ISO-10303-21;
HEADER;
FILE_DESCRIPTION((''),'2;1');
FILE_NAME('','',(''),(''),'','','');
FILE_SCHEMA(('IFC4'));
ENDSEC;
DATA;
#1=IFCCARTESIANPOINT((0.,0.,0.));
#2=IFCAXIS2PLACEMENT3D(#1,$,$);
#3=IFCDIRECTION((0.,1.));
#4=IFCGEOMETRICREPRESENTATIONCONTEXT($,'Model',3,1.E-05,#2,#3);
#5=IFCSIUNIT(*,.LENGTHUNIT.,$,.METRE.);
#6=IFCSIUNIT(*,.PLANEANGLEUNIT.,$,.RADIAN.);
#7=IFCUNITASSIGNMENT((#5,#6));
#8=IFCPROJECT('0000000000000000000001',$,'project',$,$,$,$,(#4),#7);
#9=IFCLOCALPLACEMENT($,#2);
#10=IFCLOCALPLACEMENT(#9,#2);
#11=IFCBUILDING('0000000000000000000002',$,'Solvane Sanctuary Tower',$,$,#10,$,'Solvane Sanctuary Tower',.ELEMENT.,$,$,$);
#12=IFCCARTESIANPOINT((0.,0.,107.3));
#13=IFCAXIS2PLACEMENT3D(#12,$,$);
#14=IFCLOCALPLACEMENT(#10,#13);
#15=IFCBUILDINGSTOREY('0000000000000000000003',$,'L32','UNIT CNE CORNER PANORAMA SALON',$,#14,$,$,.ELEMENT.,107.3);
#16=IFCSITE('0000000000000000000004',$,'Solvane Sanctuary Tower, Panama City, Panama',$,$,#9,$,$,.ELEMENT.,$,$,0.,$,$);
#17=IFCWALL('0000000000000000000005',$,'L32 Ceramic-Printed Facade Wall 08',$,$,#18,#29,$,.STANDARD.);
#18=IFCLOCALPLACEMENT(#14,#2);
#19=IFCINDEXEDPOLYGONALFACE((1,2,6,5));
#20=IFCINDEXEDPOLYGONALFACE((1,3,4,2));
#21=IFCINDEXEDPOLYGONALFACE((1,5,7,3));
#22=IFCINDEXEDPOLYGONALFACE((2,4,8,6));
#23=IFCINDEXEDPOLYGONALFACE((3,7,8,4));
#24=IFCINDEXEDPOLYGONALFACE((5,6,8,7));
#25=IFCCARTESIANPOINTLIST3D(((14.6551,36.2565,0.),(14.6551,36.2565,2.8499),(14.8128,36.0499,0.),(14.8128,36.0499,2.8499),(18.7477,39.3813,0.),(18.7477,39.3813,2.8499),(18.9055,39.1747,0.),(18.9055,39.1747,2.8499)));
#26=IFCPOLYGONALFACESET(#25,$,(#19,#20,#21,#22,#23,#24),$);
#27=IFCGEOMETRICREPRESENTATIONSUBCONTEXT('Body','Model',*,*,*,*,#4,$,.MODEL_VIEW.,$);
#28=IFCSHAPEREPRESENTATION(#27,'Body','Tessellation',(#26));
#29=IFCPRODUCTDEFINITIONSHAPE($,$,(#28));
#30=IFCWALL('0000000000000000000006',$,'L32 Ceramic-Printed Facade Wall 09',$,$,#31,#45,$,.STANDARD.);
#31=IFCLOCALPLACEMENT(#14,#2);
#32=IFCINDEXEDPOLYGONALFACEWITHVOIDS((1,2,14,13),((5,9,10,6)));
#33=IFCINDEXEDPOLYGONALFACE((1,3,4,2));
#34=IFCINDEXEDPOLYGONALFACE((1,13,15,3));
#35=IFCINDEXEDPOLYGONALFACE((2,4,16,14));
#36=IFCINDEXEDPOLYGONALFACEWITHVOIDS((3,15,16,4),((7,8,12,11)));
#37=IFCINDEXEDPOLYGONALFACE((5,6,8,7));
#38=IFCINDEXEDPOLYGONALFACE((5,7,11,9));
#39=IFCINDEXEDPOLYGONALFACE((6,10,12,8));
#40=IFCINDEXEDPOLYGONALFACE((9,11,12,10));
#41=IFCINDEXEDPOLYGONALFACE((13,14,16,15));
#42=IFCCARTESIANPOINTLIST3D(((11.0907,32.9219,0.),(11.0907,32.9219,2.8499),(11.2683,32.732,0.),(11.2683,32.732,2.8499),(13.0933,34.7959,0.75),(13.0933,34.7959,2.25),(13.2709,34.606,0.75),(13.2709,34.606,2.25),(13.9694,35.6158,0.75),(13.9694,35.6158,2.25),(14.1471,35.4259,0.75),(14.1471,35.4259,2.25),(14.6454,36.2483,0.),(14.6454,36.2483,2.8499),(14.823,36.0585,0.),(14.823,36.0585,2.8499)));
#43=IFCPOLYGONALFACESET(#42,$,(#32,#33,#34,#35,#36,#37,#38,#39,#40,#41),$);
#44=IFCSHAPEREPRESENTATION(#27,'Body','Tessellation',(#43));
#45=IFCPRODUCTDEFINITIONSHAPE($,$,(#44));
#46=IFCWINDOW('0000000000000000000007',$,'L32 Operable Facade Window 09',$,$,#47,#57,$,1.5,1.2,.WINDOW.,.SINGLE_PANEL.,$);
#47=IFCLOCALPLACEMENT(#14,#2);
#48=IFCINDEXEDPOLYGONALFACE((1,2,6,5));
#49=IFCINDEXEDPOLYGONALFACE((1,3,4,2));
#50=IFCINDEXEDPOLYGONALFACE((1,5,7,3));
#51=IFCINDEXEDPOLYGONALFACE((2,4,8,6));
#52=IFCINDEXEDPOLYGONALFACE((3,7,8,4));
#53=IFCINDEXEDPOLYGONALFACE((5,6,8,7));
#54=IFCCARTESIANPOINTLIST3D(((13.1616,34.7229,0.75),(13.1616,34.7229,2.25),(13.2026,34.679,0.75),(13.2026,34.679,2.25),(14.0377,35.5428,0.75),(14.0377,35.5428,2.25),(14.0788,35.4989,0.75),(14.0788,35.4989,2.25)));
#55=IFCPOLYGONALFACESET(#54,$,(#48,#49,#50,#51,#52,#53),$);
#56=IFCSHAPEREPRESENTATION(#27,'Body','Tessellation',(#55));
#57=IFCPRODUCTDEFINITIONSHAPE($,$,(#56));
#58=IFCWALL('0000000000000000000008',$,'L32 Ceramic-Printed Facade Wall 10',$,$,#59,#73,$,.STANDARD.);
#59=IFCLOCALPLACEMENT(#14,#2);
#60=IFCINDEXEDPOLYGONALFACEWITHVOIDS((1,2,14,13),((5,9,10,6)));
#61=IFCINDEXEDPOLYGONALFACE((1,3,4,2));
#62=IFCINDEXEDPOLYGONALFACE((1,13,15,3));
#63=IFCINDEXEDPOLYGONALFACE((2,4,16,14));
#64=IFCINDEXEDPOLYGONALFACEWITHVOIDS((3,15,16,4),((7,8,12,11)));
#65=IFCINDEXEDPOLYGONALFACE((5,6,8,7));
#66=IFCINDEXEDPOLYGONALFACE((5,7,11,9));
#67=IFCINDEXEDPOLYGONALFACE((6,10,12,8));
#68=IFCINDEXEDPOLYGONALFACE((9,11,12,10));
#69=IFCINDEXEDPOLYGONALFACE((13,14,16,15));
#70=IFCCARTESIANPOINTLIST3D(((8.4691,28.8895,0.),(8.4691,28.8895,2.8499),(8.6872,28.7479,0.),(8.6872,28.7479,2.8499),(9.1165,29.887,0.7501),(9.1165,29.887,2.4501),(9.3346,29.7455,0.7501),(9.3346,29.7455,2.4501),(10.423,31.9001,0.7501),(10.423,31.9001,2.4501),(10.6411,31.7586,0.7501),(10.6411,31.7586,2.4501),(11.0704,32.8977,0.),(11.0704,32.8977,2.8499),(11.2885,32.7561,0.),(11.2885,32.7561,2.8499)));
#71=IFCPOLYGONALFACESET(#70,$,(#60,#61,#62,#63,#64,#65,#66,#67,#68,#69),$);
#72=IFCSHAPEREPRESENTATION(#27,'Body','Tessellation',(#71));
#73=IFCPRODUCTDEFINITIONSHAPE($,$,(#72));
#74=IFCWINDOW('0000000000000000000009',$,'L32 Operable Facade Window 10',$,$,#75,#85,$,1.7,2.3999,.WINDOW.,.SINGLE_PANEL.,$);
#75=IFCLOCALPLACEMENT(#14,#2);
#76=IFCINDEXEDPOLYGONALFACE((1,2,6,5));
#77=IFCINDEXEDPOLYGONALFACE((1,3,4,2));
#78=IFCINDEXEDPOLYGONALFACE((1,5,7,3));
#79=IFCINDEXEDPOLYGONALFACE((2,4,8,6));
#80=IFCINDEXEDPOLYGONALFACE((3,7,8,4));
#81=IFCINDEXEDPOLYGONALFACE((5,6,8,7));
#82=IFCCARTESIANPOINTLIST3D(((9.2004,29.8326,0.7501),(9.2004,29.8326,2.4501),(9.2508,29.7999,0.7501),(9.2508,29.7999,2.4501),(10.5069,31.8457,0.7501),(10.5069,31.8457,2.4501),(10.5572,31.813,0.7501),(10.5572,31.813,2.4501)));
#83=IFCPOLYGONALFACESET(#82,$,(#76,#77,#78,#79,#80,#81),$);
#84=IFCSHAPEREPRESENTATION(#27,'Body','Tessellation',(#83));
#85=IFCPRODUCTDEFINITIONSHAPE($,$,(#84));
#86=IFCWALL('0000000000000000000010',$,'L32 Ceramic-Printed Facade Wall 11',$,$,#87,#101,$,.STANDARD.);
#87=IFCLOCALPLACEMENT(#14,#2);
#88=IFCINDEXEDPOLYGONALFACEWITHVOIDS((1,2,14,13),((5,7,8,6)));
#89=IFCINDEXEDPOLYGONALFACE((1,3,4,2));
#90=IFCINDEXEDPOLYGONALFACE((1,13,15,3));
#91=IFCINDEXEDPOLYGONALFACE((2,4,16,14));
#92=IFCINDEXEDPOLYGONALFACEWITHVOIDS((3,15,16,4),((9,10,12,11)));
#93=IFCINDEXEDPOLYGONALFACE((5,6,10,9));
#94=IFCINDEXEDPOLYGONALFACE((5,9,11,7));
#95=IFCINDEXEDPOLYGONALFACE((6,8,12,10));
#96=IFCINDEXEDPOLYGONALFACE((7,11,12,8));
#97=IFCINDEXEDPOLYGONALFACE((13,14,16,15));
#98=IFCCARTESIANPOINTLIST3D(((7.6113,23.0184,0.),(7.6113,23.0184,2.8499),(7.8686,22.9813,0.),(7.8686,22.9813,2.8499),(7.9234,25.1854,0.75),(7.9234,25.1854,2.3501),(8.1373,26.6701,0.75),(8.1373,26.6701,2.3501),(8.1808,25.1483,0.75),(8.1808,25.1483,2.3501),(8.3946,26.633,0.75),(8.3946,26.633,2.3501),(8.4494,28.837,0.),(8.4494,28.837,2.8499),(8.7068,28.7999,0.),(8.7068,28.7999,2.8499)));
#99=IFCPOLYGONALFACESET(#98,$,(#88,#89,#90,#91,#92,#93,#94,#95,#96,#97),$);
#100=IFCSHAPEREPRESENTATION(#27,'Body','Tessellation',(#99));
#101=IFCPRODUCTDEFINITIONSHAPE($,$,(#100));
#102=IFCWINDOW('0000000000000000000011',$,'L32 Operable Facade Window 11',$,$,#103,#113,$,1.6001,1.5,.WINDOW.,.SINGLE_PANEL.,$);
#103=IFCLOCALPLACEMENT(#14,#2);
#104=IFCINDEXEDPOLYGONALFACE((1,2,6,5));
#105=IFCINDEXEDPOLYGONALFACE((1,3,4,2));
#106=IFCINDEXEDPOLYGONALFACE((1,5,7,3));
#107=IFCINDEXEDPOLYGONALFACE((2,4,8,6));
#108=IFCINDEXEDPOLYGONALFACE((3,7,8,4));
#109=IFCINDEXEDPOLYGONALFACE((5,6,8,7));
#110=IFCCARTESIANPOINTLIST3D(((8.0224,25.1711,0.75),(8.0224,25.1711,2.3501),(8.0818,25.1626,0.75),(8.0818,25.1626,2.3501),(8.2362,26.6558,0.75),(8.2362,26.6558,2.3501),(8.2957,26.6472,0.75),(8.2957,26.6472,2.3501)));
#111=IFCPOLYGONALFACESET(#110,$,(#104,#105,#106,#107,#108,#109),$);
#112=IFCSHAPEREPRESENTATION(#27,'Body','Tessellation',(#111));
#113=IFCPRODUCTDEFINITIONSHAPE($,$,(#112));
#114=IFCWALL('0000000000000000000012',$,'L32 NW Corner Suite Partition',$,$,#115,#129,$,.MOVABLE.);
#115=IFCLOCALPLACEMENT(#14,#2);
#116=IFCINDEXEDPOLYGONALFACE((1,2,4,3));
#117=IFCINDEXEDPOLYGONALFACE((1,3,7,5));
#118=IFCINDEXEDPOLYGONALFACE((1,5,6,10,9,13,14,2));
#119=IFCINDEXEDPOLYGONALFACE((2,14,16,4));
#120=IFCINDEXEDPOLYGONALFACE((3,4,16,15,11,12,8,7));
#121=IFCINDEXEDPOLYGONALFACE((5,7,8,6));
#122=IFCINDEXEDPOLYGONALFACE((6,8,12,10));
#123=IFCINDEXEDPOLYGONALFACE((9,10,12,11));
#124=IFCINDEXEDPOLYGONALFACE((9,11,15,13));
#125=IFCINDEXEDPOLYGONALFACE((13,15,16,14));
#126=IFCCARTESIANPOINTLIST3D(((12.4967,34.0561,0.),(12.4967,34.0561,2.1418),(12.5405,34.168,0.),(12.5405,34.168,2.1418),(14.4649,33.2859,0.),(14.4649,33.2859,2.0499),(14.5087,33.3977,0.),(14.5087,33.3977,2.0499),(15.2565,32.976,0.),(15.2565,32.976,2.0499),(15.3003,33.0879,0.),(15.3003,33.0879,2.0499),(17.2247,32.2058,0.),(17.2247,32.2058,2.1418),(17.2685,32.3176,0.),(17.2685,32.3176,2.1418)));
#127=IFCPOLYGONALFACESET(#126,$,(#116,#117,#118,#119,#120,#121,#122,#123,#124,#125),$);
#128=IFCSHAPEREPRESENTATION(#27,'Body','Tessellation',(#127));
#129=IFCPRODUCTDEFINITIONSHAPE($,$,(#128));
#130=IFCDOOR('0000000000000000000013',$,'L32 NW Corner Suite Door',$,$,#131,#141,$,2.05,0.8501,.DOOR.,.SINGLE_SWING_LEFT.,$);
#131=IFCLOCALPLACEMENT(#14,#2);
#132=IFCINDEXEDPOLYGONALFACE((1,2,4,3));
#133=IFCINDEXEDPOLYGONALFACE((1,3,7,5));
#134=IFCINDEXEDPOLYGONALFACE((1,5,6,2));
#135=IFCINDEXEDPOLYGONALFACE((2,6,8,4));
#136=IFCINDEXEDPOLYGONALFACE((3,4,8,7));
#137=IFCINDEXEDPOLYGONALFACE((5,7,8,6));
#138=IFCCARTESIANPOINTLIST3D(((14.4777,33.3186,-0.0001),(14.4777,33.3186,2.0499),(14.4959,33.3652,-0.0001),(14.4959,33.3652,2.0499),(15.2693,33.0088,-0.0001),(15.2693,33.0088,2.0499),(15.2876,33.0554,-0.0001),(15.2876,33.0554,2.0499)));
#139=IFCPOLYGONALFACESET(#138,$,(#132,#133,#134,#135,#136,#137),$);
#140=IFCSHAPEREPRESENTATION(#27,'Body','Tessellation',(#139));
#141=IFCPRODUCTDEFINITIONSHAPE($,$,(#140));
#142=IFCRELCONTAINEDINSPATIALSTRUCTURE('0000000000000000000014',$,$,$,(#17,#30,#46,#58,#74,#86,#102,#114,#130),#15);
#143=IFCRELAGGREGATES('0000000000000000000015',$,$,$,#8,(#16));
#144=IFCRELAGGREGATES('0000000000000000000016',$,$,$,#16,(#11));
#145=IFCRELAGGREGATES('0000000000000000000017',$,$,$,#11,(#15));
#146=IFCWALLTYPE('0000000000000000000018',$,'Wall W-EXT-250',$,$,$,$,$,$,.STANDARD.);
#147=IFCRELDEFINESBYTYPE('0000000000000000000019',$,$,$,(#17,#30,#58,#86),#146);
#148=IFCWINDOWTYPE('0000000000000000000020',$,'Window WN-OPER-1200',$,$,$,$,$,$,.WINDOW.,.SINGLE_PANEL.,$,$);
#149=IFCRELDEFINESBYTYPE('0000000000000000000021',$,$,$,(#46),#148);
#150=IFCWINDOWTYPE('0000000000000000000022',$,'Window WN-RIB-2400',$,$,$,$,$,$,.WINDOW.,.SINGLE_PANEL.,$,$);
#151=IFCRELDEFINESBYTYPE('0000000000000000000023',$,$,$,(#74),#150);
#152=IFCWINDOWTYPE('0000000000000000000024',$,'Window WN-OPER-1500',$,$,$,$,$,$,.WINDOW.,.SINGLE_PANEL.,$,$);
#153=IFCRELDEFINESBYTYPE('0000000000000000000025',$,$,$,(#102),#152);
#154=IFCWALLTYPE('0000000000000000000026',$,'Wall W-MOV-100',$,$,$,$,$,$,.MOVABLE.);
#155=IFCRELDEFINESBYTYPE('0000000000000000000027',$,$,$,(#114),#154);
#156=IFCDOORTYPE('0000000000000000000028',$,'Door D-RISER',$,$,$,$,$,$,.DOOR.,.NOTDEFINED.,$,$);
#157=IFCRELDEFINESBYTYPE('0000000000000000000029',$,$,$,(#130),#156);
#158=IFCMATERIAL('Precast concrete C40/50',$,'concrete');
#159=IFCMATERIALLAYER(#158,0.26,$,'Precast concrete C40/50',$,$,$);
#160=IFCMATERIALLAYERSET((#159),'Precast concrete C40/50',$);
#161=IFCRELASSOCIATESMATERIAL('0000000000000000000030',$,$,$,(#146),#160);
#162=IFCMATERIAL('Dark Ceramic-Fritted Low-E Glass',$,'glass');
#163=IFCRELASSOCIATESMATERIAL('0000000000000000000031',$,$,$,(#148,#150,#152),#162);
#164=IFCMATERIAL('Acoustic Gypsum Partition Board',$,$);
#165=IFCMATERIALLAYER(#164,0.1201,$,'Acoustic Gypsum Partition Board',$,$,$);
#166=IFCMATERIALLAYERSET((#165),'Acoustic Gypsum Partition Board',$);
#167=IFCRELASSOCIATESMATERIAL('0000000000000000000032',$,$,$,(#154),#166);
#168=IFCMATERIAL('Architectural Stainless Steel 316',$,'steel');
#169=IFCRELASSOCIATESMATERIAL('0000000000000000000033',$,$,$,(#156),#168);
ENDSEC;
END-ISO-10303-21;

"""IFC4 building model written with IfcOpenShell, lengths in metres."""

from ifc_helpers import new_model, si_unit, direction, frame, frame_2d, origin, place, context, subcontext, project, spatial, rectangle, extrude, material, layer, layer_set, type_object, element, fill, save


model = new_model("IFC4")

# Units and contexts
model_context = context("Model", 3, precision=1e-05, world=origin(), true_north=direction((0.0, 1.0)))
body_context = subcontext(model_context, "Body", "Model", "MODEL_VIEW")
ifc_project = project(units=[si_unit("LENGTHUNIT", "METRE"), si_unit("PLANEANGLEUNIT", "RADIAN")], contexts=[model_context])

# Site, building, storey
site_placement = place(None, origin())
site = spatial("IfcSite", under=ifc_project, at=site_placement, Name="Solvane Sanctuary Tower, Panama City, Panama", CompositionType="ELEMENT", RefElevation=0.0)
building_placement = place(site_placement, origin())
building = spatial("IfcBuilding", under=site, at=building_placement, Name="Solvane Sanctuary Tower", LongName="Solvane Sanctuary Tower", CompositionType="ELEMENT")
storey_placement = place(building_placement, frame((0.0, 0.0, 107.3)))
storey = spatial("IfcBuildingStorey", under=building, at=storey_placement, Name="L32", Description="UNIT CNE CORNER PANORAMA SALON", CompositionType="ELEMENT", Elevation=107.3)

# Shared definitions
ifc_material_1 = material(Name="Acoustic Gypsum Partition Board")

# Wall
ifc_material_2 = material(Name="Precast concrete C40/50", Category="concrete")
ifc_layer_1 = layer(ifc_material_2, 0.26, Name="Precast concrete C40/50")
ifc_layer_set_1 = layer_set([ifc_layer_1], Name="Precast concrete C40/50")
wall_type_1 = type_object("IfcWallType", Name="Wall W-EXT-250", PredefinedType="STANDARD", material=ifc_layer_set_1)
wall_1_placement = place(storey_placement, frame((18.8267, 39.2781, 0.0), z_axis=(0.0, 0.0, 1.0), x_axis=(-0.79481, -0.606859, 0.0)))
element("IfcWall", 1, at=wall_1_placement, inside=storey, type_object=wall_type_1, Name="L32 Ceramic-Printed Facade Wall 08", PredefinedType="STANDARD", context=body_context, shape_type="SweptSolid", body=[
    extrude(rectangle(XDim=5.1492, YDim=0.26, at=frame_2d((2.5747, 0.0))), origin(), (0.0, 0.0, 1.0), 2.8499),
])

# Walls, openings, windows
wall_2_placement = place(storey_placement, frame((14.7341, 36.1533, 0.0), z_axis=(0.0, 0.0, 1.0), x_axis=(-0.730162, -0.683274, 0.0)))
wall_2 = element("IfcWall", 2, at=wall_2_placement, inside=storey, type_object=wall_type_1, Name="L32 Ceramic-Printed Facade Wall 09", PredefinedType="STANDARD", context=body_context, shape_type="SweptSolid", body=[
    extrude(rectangle(XDim=4.8684, YDim=0.26, at=frame_2d((2.4341, 0.0))), origin(), (0.0, 0.0, 1.0), 2.8499),
])
opening_1_placement = place(wall_2_placement, frame((0.9255, 0.0, 0.75)))
opening_1 = element("IfcOpeningElement", 3, at=opening_1_placement, cuts=wall_2, PredefinedType="OPENING", context=body_context, shape_type="SweptSolid", body=[
    extrude(rectangle(XDim=1.2, YDim=1.5, at=frame_2d((0.6001, 0.75))), frame((0.0, 0.1399, 0.0), z_axis=(0.0, -1.0, 0.0), x_axis=(1.0, 0.0, 0.0)), (0.0, 0.0, 1.0), 0.28),
])
ifc_material_3 = material(Name="Dark Ceramic-Fritted Low-E Glass", Category="glass")
window_type_1 = type_object("IfcWindowType", Name="Window WN-OPER-1200", PartitioningType="SINGLE_PANEL", PredefinedType="WINDOW", material=ifc_material_3)
window_1_placement = place(opening_1_placement, origin())
window_1 = element("IfcWindow", 4, at=window_1_placement, inside=storey, type_object=window_type_1, Name="L32 Operable Facade Window 09", OverallHeight=1.5, OverallWidth=1.2, PartitioningType="SINGLE_PANEL", PredefinedType="WINDOW", context=body_context, shape_type="SweptSolid", body=[
    extrude(rectangle(XDim=1.2, YDim=1.5, at=frame_2d((0.6001, 0.75))), frame((0.0, 0.03, 0.0), z_axis=(0.0, -1.0, 0.0), x_axis=(1.0, 0.0, 0.0)), (0.0, 0.0, 1.0), 0.0601),
])
fill(opening_1, window_1)
wall_3_placement = place(storey_placement, frame((11.1794, 32.8269, 0.0), z_axis=(0.0, 0.0, 1.0), x_axis=(-0.544388, -0.838833, 0.0)))
wall_3 = element("IfcWall", 5, at=wall_3_placement, inside=storey, type_object=wall_type_1, Name="L32 Ceramic-Printed Facade Wall 10", PredefinedType="STANDARD", context=body_context, shape_type="SweptSolid", body=[
    extrude(rectangle(XDim=4.7783, YDim=0.26, at=frame_2d((2.3892, 0.0))), origin(), (0.0, 0.0, 1.0), 2.8499),
])
opening_2_placement = place(wall_3_placement, frame((1.1892, 0.0, 0.75)))
opening_2 = element("IfcOpeningElement", 6, at=opening_2_placement, cuts=wall_3, PredefinedType="OPENING", context=body_context, shape_type="SweptSolid", body=[
    extrude(rectangle(XDim=2.3999, YDim=1.7, at=frame_2d((1.2, 0.8501))), frame((0.0, 0.1399, 0.0), z_axis=(0.0, -1.0, 0.0), x_axis=(1.0, 0.0, 0.0)), (0.0, 0.0, 1.0), 0.28),
])
window_type_2 = type_object("IfcWindowType", Name="Window WN-RIB-2400", PartitioningType="SINGLE_PANEL", PredefinedType="WINDOW", material=ifc_material_3)
window_2_placement = place(opening_2_placement, origin())
window_2 = element("IfcWindow", 7, at=window_2_placement, inside=storey, type_object=window_type_2, Name="L32 Operable Facade Window 10", OverallHeight=1.7, OverallWidth=2.3999, PartitioningType="SINGLE_PANEL", PredefinedType="WINDOW", context=body_context, shape_type="SweptSolid", body=[
    extrude(rectangle(XDim=2.3999, YDim=1.7, at=frame_2d((1.2, 0.8501))), frame((0.0, 0.03, 0.0), z_axis=(0.0, -1.0, 0.0), x_axis=(1.0, 0.0, 0.0)), (0.0, 0.0, 1.0), 0.0601),
])
fill(opening_2, window_2)
wall_4_placement = place(storey_placement, frame((8.5781, 28.8186, 0.0), z_axis=(0.0, 0.0, 1.0), x_axis=(-0.142572, -0.989784, 0.0)))
wall_4 = element("IfcWall", 8, at=wall_4_placement, inside=storey, type_object=wall_type_1, Name="L32 Ceramic-Printed Facade Wall 11", PredefinedType="STANDARD", context=body_context, shape_type="SweptSolid", body=[
    extrude(rectangle(XDim=5.8787, YDim=0.26, at=frame_2d((2.9395, 0.0))), origin(), (0.0, 0.0, 1.0), 2.8499),
])
opening_3_placement = place(wall_4_placement, frame((2.1895, 0.0, 0.75)))
opening_3 = element("IfcOpeningElement", 9, at=opening_3_placement, cuts=wall_4, PredefinedType="OPENING", context=body_context, shape_type="SweptSolid", body=[
    extrude(rectangle(XDim=1.5, YDim=1.6001, at=frame_2d((0.75, 0.8))), frame((0.0, 0.1399, 0.0), z_axis=(0.0, -1.0, 0.0), x_axis=(1.0, 0.0, 0.0)), (0.0, 0.0, 1.0), 0.28),
])
window_type_3 = type_object("IfcWindowType", Name="Window WN-OPER-1500", PartitioningType="SINGLE_PANEL", PredefinedType="WINDOW", material=ifc_material_3)
window_3_placement = place(opening_3_placement, origin())
window_3 = element("IfcWindow", 10, at=window_3_placement, inside=storey, type_object=window_type_3, Name="L32 Operable Facade Window 11", OverallHeight=1.6001, OverallWidth=1.5, PartitioningType="SINGLE_PANEL", PredefinedType="WINDOW", context=body_context, shape_type="SweptSolid", body=[
    extrude(rectangle(XDim=1.5, YDim=1.6001, at=frame_2d((0.75, 0.8))), frame((0.0, 0.03, 0.0), z_axis=(0.0, -1.0, 0.0), x_axis=(1.0, 0.0, 0.0)), (0.0, 0.0, 1.0), 0.0601),
])
fill(opening_3, window_3)

# Wall, opening, door
ifc_layer_2 = layer(ifc_material_1, 0.1201, Name="Acoustic Gypsum Partition Board")
ifc_layer_set_2 = layer_set([ifc_layer_2], Name="Acoustic Gypsum Partition Board")
wall_type_2 = type_object("IfcWallType", Name="Wall W-MOV-100", PredefinedType="MOVABLE", material=ifc_layer_set_2)
wall_5_placement = place(storey_placement, frame((17.2466, 32.2617, 0.0), z_axis=(0.0, 0.0, 1.0), x_axis=(-0.931226, 0.364441, 0.0)))
wall_5 = element("IfcWall", 11, at=wall_5_placement, inside=storey, type_object=wall_type_2, Name="L32 NW Corner Suite Partition", PredefinedType="MOVABLE", context=body_context, shape_type="SweptSolid", body=[
    extrude(rectangle(XDim=5.0771, YDim=0.1201, at=frame_2d((2.5386, 0.0))), origin(), (0.0, 0.0, 1.0), 2.1418),
])
opening_4_placement = place(wall_5_placement, frame((2.1135, 0.0, 0.0)))
opening_4 = element("IfcOpeningElement", 12, at=opening_4_placement, cuts=wall_5, PredefinedType="OPENING", context=body_context, shape_type="SweptSolid", body=[
    extrude(rectangle(XDim=0.8501, YDim=2.05, at=frame_2d((0.425, 1.0249))), frame((0.0, 0.0701, 0.0), z_axis=(0.0, -1.0, 0.0), x_axis=(1.0, 0.0, 0.0)), (0.0, 0.0, 1.0), 0.1401),
])
ifc_material_4 = material(Name="Architectural Stainless Steel 316", Category="steel")
door_type_1 = type_object("IfcDoorType", Name="Door D-RISER", OperationType="NOTDEFINED", PredefinedType="DOOR", material=ifc_material_4)
door_1_placement = place(opening_4_placement, origin())
door_1 = element("IfcDoor", 13, at=door_1_placement, inside=storey, type_object=door_type_1, Name="L32 NW Corner Suite Door", OperationType="SINGLE_SWING_LEFT", OverallHeight=2.05, OverallWidth=0.8501, PredefinedType="DOOR", context=body_context, shape_type="SweptSolid", body=[
    extrude(rectangle(XDim=0.8501, YDim=2.05, at=frame_2d((0.425, 1.0249))), frame((0.0, 0.0249, 0.0), z_axis=(0.0, -1.0, 0.0), x_axis=(1.0, 0.0, 0.0)), (0.0, 0.0, 1.0), 0.05),
])
fill(opening_4, door_1)

save(model, "model.ifc")
